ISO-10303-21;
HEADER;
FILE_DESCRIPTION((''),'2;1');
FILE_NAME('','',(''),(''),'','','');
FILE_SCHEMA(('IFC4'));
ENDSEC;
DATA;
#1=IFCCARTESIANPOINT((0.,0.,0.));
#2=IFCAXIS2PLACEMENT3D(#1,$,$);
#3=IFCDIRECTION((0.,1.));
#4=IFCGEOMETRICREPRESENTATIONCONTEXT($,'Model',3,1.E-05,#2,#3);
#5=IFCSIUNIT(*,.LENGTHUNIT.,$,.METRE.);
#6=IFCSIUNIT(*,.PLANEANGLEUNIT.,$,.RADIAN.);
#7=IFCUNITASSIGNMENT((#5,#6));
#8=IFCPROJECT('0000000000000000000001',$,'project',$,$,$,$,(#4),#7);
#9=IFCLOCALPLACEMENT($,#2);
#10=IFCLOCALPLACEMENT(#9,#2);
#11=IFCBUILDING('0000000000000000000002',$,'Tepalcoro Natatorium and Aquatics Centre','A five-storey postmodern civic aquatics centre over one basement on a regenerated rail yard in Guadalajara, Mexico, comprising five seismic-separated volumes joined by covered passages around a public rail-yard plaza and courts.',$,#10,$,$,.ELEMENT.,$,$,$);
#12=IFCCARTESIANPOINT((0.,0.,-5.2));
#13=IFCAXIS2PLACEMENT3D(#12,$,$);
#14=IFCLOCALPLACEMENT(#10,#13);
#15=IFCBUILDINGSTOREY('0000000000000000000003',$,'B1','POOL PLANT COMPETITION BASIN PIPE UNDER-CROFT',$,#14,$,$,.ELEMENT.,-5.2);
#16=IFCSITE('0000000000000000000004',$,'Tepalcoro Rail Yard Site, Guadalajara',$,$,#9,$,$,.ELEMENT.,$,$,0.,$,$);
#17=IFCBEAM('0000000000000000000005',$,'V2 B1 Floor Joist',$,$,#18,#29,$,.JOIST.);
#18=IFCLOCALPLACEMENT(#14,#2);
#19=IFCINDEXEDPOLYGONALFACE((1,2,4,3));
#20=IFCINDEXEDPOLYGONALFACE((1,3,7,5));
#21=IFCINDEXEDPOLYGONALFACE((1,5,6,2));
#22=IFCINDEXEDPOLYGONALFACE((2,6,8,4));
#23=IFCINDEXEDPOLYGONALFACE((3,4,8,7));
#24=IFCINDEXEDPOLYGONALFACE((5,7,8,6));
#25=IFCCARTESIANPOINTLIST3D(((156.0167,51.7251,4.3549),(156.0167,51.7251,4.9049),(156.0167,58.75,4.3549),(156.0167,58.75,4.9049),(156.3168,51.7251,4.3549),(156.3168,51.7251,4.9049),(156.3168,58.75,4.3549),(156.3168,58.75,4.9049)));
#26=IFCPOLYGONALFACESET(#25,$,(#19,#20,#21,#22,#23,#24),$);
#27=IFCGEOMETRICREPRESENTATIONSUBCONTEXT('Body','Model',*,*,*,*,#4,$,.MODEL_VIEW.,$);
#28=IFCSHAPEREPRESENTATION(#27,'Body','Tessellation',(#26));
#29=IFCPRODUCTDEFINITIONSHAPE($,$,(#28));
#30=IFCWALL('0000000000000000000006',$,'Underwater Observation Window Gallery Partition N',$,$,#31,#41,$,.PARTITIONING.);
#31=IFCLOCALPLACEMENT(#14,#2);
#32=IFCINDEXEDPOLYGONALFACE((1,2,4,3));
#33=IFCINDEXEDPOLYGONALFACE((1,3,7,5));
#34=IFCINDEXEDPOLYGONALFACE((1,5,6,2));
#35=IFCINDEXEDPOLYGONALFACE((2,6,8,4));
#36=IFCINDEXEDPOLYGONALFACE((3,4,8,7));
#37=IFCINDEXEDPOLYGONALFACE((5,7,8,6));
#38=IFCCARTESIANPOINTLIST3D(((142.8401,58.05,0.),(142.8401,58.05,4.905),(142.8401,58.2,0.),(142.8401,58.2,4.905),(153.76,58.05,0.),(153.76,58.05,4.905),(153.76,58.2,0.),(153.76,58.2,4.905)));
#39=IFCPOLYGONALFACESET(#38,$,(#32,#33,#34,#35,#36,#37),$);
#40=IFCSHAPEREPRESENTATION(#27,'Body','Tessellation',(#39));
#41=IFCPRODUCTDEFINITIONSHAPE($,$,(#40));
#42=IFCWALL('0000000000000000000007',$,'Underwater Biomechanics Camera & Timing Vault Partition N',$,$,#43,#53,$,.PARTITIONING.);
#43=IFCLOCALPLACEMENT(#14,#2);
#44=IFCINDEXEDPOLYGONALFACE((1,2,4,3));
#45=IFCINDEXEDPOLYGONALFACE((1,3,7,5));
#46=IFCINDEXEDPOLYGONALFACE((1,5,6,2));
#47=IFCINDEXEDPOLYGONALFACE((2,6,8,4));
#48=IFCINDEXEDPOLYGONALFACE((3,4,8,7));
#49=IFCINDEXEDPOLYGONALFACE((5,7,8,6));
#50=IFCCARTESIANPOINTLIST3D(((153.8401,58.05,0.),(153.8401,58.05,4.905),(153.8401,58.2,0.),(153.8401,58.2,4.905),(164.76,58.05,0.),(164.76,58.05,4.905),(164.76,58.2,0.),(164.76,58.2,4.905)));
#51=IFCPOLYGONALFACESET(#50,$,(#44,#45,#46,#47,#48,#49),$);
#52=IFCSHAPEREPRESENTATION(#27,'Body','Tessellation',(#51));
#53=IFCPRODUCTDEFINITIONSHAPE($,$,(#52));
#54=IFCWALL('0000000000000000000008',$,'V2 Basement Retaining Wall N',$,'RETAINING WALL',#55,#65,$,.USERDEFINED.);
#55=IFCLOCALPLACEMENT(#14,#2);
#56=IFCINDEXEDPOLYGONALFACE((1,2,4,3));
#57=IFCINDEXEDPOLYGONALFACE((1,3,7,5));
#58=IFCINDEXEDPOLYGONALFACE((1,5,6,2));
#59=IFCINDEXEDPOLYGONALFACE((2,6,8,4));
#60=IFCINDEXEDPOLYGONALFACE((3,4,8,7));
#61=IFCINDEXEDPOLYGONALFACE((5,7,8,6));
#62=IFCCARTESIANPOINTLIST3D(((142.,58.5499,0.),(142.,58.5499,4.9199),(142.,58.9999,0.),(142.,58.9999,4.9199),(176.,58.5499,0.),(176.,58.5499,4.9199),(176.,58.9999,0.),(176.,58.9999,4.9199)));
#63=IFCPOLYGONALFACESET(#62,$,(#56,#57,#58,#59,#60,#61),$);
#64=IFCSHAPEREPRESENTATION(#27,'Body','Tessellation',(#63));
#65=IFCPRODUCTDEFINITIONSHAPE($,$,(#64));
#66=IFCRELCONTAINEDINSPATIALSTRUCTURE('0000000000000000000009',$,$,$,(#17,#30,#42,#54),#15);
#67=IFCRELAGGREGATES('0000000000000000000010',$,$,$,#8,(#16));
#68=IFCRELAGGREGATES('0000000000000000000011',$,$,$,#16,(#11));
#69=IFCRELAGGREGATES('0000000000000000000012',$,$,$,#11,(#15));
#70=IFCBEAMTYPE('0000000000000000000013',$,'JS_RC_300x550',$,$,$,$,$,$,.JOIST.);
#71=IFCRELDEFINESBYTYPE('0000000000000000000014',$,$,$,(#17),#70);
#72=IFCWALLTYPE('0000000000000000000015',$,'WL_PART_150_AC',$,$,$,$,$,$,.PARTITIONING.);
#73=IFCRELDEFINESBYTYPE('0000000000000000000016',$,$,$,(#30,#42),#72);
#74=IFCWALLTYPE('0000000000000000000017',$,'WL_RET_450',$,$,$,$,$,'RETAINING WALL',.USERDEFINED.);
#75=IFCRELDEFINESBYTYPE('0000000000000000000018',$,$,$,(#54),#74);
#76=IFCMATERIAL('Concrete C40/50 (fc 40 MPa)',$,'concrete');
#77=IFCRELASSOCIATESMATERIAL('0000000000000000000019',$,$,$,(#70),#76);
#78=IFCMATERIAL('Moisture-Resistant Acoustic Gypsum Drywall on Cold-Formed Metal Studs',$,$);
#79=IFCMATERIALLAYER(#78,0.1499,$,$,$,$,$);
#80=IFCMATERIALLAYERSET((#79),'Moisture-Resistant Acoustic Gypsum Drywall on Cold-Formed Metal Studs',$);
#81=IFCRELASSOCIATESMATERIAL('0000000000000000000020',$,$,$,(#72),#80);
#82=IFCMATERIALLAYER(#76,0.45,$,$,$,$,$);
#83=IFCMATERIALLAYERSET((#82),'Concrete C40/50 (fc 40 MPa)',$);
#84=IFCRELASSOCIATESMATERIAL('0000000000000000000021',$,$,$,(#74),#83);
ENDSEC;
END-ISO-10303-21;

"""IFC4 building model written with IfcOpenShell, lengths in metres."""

from ifc_helpers import new_model, si_unit, direction, frame, frame_2d, origin, origin_2d, place, context, subcontext, project, spatial, rectangle, extrude, material, layer, layer_set, material_profile, profile_set, type_object, element, save


model = new_model("IFC4")

# Units and contexts
model_context = context("Model", 3, precision=1e-05, world=origin(), true_north=direction((0.0, 1.0)))
body_context = subcontext(model_context, "Body", "Model", "MODEL_VIEW")
ifc_project = project(units=[si_unit("LENGTHUNIT", "METRE"), si_unit("PLANEANGLEUNIT", "RADIAN")], contexts=[model_context])

# Site, building, storey
site_placement = place(None, origin())
site = spatial("IfcSite", under=ifc_project, at=site_placement, Name="Tepalcoro Rail Yard Site, Guadalajara", CompositionType="ELEMENT", RefElevation=0.0)
building_placement = place(site_placement, origin())
building = spatial("IfcBuilding", under=site, at=building_placement, Name="Tepalcoro Natatorium and Aquatics Centre", Description="A five-storey postmodern civic aquatics centre over one basement on a regenerated rail yard in Guadalajara, Mexico, comprising five seismic-separated volumes joined by covered passages around a public rail-yard plaza and courts.", CompositionType="ELEMENT")
storey_placement = place(building_placement, frame((0.0, 0.0, -5.2)))
storey = spatial("IfcBuildingStorey", under=building, at=storey_placement, Name="B1", Description="POOL PLANT COMPETITION BASIN PIPE UNDER-CROFT", CompositionType="ELEMENT", Elevation=-5.2)

# Shared definitions
ifc_material_1 = material(Name="Concrete C40/50 (fc 40 MPa)", Category="concrete")

# Beam
ifc_material_profile_1 = material_profile(ifc_material_1, rectangle(XDim=0.3, YDim=0.55, at=origin_2d()), Name="RCJ300x550")
ifc_profile_set_1 = profile_set([ifc_material_profile_1], Name="Concrete C40/50 (fc 40 MPa)")
beam_type_1 = type_object("IfcBeamType", Name="JS_RC_300x550", PredefinedType="JOIST", material=ifc_profile_set_1)
for number, where, z_axis, x_axis, name in (
    (1, (156.1667, 51.7251, 4.6299), (0.0, 1.0, 0.0), (-1.0, 0.0, 0.0), "V2 B1 Floor Joist"),
):
    element("IfcBeam", number, at=place(storey_placement, frame(where, z_axis=z_axis, x_axis=x_axis)), inside=storey, type_object=beam_type_1, Name=name, PredefinedType="JOIST", context=body_context, shape_type="SweptSolid", body=[
        extrude(rectangle(XDim=0.3, YDim=0.55, at=origin_2d()), origin(), (0.0, 0.0, 1.0), 7.0249),
    ])

# Walls
ifc_material_2 = material(Name="Moisture-Resistant Acoustic Gypsum Drywall on Cold-Formed Metal Studs")
ifc_layer_1 = layer(ifc_material_2, 0.1499)
ifc_layer_set_1 = layer_set([ifc_layer_1], Name="Moisture-Resistant Acoustic Gypsum Drywall on Cold-Formed Metal Studs")
wall_type_1 = type_object("IfcWallType", Name="WL_PART_150_AC", PredefinedType="PARTITIONING", material=ifc_layer_set_1)
for number, where, z_axis, x_axis, name in (
    (2, (142.8401, 58.125, 0.0), (0.0, 0.0, 1.0), (1.0, 0.0, 0.0), "Underwater Observation Window Gallery Partition N"),
    (3, (153.8401, 58.125, 0.0), (0.0, 0.0, 1.0), (1.0, 0.0, 0.0), "Underwater Biomechanics Camera & Timing Vault Partition N"),
):
    element("IfcWall", number, at=place(storey_placement, frame(where, z_axis=z_axis, x_axis=x_axis)), inside=storey, type_object=wall_type_1, Name=name, PredefinedType="PARTITIONING", context=body_context, shape_type="SweptSolid", body=[
        extrude(rectangle(XDim=10.9199, YDim=0.1499, at=frame_2d((5.46, 0.0))), origin(), (0.0, 0.0, 1.0), 4.905),
    ])
ifc_layer_2 = layer(ifc_material_1, 0.45)
ifc_layer_set_2 = layer_set([ifc_layer_2], Name="Concrete C40/50 (fc 40 MPa)")
wall_type_2 = type_object("IfcWallType", Name="WL_RET_450", ElementType="RETAINING WALL", PredefinedType="USERDEFINED", material=ifc_layer_set_2)
wall_placement = place(storey_placement, frame((142.0, 58.7749, 0.0), z_axis=(0.0, 0.0, 1.0), x_axis=(1.0, 0.0, 0.0)))
element("IfcWall", 4, at=wall_placement, inside=storey, type_object=wall_type_2, Name="V2 Basement Retaining Wall N", ObjectType="RETAINING WALL", PredefinedType="USERDEFINED", context=body_context, shape_type="SweptSolid", body=[
    extrude(rectangle(XDim=34.0, YDim=0.45, at=frame_2d((17.0, 0.0))), origin(), (0.0, 0.0, 1.0), 4.9199),
])

save(model, "model.ifc")
